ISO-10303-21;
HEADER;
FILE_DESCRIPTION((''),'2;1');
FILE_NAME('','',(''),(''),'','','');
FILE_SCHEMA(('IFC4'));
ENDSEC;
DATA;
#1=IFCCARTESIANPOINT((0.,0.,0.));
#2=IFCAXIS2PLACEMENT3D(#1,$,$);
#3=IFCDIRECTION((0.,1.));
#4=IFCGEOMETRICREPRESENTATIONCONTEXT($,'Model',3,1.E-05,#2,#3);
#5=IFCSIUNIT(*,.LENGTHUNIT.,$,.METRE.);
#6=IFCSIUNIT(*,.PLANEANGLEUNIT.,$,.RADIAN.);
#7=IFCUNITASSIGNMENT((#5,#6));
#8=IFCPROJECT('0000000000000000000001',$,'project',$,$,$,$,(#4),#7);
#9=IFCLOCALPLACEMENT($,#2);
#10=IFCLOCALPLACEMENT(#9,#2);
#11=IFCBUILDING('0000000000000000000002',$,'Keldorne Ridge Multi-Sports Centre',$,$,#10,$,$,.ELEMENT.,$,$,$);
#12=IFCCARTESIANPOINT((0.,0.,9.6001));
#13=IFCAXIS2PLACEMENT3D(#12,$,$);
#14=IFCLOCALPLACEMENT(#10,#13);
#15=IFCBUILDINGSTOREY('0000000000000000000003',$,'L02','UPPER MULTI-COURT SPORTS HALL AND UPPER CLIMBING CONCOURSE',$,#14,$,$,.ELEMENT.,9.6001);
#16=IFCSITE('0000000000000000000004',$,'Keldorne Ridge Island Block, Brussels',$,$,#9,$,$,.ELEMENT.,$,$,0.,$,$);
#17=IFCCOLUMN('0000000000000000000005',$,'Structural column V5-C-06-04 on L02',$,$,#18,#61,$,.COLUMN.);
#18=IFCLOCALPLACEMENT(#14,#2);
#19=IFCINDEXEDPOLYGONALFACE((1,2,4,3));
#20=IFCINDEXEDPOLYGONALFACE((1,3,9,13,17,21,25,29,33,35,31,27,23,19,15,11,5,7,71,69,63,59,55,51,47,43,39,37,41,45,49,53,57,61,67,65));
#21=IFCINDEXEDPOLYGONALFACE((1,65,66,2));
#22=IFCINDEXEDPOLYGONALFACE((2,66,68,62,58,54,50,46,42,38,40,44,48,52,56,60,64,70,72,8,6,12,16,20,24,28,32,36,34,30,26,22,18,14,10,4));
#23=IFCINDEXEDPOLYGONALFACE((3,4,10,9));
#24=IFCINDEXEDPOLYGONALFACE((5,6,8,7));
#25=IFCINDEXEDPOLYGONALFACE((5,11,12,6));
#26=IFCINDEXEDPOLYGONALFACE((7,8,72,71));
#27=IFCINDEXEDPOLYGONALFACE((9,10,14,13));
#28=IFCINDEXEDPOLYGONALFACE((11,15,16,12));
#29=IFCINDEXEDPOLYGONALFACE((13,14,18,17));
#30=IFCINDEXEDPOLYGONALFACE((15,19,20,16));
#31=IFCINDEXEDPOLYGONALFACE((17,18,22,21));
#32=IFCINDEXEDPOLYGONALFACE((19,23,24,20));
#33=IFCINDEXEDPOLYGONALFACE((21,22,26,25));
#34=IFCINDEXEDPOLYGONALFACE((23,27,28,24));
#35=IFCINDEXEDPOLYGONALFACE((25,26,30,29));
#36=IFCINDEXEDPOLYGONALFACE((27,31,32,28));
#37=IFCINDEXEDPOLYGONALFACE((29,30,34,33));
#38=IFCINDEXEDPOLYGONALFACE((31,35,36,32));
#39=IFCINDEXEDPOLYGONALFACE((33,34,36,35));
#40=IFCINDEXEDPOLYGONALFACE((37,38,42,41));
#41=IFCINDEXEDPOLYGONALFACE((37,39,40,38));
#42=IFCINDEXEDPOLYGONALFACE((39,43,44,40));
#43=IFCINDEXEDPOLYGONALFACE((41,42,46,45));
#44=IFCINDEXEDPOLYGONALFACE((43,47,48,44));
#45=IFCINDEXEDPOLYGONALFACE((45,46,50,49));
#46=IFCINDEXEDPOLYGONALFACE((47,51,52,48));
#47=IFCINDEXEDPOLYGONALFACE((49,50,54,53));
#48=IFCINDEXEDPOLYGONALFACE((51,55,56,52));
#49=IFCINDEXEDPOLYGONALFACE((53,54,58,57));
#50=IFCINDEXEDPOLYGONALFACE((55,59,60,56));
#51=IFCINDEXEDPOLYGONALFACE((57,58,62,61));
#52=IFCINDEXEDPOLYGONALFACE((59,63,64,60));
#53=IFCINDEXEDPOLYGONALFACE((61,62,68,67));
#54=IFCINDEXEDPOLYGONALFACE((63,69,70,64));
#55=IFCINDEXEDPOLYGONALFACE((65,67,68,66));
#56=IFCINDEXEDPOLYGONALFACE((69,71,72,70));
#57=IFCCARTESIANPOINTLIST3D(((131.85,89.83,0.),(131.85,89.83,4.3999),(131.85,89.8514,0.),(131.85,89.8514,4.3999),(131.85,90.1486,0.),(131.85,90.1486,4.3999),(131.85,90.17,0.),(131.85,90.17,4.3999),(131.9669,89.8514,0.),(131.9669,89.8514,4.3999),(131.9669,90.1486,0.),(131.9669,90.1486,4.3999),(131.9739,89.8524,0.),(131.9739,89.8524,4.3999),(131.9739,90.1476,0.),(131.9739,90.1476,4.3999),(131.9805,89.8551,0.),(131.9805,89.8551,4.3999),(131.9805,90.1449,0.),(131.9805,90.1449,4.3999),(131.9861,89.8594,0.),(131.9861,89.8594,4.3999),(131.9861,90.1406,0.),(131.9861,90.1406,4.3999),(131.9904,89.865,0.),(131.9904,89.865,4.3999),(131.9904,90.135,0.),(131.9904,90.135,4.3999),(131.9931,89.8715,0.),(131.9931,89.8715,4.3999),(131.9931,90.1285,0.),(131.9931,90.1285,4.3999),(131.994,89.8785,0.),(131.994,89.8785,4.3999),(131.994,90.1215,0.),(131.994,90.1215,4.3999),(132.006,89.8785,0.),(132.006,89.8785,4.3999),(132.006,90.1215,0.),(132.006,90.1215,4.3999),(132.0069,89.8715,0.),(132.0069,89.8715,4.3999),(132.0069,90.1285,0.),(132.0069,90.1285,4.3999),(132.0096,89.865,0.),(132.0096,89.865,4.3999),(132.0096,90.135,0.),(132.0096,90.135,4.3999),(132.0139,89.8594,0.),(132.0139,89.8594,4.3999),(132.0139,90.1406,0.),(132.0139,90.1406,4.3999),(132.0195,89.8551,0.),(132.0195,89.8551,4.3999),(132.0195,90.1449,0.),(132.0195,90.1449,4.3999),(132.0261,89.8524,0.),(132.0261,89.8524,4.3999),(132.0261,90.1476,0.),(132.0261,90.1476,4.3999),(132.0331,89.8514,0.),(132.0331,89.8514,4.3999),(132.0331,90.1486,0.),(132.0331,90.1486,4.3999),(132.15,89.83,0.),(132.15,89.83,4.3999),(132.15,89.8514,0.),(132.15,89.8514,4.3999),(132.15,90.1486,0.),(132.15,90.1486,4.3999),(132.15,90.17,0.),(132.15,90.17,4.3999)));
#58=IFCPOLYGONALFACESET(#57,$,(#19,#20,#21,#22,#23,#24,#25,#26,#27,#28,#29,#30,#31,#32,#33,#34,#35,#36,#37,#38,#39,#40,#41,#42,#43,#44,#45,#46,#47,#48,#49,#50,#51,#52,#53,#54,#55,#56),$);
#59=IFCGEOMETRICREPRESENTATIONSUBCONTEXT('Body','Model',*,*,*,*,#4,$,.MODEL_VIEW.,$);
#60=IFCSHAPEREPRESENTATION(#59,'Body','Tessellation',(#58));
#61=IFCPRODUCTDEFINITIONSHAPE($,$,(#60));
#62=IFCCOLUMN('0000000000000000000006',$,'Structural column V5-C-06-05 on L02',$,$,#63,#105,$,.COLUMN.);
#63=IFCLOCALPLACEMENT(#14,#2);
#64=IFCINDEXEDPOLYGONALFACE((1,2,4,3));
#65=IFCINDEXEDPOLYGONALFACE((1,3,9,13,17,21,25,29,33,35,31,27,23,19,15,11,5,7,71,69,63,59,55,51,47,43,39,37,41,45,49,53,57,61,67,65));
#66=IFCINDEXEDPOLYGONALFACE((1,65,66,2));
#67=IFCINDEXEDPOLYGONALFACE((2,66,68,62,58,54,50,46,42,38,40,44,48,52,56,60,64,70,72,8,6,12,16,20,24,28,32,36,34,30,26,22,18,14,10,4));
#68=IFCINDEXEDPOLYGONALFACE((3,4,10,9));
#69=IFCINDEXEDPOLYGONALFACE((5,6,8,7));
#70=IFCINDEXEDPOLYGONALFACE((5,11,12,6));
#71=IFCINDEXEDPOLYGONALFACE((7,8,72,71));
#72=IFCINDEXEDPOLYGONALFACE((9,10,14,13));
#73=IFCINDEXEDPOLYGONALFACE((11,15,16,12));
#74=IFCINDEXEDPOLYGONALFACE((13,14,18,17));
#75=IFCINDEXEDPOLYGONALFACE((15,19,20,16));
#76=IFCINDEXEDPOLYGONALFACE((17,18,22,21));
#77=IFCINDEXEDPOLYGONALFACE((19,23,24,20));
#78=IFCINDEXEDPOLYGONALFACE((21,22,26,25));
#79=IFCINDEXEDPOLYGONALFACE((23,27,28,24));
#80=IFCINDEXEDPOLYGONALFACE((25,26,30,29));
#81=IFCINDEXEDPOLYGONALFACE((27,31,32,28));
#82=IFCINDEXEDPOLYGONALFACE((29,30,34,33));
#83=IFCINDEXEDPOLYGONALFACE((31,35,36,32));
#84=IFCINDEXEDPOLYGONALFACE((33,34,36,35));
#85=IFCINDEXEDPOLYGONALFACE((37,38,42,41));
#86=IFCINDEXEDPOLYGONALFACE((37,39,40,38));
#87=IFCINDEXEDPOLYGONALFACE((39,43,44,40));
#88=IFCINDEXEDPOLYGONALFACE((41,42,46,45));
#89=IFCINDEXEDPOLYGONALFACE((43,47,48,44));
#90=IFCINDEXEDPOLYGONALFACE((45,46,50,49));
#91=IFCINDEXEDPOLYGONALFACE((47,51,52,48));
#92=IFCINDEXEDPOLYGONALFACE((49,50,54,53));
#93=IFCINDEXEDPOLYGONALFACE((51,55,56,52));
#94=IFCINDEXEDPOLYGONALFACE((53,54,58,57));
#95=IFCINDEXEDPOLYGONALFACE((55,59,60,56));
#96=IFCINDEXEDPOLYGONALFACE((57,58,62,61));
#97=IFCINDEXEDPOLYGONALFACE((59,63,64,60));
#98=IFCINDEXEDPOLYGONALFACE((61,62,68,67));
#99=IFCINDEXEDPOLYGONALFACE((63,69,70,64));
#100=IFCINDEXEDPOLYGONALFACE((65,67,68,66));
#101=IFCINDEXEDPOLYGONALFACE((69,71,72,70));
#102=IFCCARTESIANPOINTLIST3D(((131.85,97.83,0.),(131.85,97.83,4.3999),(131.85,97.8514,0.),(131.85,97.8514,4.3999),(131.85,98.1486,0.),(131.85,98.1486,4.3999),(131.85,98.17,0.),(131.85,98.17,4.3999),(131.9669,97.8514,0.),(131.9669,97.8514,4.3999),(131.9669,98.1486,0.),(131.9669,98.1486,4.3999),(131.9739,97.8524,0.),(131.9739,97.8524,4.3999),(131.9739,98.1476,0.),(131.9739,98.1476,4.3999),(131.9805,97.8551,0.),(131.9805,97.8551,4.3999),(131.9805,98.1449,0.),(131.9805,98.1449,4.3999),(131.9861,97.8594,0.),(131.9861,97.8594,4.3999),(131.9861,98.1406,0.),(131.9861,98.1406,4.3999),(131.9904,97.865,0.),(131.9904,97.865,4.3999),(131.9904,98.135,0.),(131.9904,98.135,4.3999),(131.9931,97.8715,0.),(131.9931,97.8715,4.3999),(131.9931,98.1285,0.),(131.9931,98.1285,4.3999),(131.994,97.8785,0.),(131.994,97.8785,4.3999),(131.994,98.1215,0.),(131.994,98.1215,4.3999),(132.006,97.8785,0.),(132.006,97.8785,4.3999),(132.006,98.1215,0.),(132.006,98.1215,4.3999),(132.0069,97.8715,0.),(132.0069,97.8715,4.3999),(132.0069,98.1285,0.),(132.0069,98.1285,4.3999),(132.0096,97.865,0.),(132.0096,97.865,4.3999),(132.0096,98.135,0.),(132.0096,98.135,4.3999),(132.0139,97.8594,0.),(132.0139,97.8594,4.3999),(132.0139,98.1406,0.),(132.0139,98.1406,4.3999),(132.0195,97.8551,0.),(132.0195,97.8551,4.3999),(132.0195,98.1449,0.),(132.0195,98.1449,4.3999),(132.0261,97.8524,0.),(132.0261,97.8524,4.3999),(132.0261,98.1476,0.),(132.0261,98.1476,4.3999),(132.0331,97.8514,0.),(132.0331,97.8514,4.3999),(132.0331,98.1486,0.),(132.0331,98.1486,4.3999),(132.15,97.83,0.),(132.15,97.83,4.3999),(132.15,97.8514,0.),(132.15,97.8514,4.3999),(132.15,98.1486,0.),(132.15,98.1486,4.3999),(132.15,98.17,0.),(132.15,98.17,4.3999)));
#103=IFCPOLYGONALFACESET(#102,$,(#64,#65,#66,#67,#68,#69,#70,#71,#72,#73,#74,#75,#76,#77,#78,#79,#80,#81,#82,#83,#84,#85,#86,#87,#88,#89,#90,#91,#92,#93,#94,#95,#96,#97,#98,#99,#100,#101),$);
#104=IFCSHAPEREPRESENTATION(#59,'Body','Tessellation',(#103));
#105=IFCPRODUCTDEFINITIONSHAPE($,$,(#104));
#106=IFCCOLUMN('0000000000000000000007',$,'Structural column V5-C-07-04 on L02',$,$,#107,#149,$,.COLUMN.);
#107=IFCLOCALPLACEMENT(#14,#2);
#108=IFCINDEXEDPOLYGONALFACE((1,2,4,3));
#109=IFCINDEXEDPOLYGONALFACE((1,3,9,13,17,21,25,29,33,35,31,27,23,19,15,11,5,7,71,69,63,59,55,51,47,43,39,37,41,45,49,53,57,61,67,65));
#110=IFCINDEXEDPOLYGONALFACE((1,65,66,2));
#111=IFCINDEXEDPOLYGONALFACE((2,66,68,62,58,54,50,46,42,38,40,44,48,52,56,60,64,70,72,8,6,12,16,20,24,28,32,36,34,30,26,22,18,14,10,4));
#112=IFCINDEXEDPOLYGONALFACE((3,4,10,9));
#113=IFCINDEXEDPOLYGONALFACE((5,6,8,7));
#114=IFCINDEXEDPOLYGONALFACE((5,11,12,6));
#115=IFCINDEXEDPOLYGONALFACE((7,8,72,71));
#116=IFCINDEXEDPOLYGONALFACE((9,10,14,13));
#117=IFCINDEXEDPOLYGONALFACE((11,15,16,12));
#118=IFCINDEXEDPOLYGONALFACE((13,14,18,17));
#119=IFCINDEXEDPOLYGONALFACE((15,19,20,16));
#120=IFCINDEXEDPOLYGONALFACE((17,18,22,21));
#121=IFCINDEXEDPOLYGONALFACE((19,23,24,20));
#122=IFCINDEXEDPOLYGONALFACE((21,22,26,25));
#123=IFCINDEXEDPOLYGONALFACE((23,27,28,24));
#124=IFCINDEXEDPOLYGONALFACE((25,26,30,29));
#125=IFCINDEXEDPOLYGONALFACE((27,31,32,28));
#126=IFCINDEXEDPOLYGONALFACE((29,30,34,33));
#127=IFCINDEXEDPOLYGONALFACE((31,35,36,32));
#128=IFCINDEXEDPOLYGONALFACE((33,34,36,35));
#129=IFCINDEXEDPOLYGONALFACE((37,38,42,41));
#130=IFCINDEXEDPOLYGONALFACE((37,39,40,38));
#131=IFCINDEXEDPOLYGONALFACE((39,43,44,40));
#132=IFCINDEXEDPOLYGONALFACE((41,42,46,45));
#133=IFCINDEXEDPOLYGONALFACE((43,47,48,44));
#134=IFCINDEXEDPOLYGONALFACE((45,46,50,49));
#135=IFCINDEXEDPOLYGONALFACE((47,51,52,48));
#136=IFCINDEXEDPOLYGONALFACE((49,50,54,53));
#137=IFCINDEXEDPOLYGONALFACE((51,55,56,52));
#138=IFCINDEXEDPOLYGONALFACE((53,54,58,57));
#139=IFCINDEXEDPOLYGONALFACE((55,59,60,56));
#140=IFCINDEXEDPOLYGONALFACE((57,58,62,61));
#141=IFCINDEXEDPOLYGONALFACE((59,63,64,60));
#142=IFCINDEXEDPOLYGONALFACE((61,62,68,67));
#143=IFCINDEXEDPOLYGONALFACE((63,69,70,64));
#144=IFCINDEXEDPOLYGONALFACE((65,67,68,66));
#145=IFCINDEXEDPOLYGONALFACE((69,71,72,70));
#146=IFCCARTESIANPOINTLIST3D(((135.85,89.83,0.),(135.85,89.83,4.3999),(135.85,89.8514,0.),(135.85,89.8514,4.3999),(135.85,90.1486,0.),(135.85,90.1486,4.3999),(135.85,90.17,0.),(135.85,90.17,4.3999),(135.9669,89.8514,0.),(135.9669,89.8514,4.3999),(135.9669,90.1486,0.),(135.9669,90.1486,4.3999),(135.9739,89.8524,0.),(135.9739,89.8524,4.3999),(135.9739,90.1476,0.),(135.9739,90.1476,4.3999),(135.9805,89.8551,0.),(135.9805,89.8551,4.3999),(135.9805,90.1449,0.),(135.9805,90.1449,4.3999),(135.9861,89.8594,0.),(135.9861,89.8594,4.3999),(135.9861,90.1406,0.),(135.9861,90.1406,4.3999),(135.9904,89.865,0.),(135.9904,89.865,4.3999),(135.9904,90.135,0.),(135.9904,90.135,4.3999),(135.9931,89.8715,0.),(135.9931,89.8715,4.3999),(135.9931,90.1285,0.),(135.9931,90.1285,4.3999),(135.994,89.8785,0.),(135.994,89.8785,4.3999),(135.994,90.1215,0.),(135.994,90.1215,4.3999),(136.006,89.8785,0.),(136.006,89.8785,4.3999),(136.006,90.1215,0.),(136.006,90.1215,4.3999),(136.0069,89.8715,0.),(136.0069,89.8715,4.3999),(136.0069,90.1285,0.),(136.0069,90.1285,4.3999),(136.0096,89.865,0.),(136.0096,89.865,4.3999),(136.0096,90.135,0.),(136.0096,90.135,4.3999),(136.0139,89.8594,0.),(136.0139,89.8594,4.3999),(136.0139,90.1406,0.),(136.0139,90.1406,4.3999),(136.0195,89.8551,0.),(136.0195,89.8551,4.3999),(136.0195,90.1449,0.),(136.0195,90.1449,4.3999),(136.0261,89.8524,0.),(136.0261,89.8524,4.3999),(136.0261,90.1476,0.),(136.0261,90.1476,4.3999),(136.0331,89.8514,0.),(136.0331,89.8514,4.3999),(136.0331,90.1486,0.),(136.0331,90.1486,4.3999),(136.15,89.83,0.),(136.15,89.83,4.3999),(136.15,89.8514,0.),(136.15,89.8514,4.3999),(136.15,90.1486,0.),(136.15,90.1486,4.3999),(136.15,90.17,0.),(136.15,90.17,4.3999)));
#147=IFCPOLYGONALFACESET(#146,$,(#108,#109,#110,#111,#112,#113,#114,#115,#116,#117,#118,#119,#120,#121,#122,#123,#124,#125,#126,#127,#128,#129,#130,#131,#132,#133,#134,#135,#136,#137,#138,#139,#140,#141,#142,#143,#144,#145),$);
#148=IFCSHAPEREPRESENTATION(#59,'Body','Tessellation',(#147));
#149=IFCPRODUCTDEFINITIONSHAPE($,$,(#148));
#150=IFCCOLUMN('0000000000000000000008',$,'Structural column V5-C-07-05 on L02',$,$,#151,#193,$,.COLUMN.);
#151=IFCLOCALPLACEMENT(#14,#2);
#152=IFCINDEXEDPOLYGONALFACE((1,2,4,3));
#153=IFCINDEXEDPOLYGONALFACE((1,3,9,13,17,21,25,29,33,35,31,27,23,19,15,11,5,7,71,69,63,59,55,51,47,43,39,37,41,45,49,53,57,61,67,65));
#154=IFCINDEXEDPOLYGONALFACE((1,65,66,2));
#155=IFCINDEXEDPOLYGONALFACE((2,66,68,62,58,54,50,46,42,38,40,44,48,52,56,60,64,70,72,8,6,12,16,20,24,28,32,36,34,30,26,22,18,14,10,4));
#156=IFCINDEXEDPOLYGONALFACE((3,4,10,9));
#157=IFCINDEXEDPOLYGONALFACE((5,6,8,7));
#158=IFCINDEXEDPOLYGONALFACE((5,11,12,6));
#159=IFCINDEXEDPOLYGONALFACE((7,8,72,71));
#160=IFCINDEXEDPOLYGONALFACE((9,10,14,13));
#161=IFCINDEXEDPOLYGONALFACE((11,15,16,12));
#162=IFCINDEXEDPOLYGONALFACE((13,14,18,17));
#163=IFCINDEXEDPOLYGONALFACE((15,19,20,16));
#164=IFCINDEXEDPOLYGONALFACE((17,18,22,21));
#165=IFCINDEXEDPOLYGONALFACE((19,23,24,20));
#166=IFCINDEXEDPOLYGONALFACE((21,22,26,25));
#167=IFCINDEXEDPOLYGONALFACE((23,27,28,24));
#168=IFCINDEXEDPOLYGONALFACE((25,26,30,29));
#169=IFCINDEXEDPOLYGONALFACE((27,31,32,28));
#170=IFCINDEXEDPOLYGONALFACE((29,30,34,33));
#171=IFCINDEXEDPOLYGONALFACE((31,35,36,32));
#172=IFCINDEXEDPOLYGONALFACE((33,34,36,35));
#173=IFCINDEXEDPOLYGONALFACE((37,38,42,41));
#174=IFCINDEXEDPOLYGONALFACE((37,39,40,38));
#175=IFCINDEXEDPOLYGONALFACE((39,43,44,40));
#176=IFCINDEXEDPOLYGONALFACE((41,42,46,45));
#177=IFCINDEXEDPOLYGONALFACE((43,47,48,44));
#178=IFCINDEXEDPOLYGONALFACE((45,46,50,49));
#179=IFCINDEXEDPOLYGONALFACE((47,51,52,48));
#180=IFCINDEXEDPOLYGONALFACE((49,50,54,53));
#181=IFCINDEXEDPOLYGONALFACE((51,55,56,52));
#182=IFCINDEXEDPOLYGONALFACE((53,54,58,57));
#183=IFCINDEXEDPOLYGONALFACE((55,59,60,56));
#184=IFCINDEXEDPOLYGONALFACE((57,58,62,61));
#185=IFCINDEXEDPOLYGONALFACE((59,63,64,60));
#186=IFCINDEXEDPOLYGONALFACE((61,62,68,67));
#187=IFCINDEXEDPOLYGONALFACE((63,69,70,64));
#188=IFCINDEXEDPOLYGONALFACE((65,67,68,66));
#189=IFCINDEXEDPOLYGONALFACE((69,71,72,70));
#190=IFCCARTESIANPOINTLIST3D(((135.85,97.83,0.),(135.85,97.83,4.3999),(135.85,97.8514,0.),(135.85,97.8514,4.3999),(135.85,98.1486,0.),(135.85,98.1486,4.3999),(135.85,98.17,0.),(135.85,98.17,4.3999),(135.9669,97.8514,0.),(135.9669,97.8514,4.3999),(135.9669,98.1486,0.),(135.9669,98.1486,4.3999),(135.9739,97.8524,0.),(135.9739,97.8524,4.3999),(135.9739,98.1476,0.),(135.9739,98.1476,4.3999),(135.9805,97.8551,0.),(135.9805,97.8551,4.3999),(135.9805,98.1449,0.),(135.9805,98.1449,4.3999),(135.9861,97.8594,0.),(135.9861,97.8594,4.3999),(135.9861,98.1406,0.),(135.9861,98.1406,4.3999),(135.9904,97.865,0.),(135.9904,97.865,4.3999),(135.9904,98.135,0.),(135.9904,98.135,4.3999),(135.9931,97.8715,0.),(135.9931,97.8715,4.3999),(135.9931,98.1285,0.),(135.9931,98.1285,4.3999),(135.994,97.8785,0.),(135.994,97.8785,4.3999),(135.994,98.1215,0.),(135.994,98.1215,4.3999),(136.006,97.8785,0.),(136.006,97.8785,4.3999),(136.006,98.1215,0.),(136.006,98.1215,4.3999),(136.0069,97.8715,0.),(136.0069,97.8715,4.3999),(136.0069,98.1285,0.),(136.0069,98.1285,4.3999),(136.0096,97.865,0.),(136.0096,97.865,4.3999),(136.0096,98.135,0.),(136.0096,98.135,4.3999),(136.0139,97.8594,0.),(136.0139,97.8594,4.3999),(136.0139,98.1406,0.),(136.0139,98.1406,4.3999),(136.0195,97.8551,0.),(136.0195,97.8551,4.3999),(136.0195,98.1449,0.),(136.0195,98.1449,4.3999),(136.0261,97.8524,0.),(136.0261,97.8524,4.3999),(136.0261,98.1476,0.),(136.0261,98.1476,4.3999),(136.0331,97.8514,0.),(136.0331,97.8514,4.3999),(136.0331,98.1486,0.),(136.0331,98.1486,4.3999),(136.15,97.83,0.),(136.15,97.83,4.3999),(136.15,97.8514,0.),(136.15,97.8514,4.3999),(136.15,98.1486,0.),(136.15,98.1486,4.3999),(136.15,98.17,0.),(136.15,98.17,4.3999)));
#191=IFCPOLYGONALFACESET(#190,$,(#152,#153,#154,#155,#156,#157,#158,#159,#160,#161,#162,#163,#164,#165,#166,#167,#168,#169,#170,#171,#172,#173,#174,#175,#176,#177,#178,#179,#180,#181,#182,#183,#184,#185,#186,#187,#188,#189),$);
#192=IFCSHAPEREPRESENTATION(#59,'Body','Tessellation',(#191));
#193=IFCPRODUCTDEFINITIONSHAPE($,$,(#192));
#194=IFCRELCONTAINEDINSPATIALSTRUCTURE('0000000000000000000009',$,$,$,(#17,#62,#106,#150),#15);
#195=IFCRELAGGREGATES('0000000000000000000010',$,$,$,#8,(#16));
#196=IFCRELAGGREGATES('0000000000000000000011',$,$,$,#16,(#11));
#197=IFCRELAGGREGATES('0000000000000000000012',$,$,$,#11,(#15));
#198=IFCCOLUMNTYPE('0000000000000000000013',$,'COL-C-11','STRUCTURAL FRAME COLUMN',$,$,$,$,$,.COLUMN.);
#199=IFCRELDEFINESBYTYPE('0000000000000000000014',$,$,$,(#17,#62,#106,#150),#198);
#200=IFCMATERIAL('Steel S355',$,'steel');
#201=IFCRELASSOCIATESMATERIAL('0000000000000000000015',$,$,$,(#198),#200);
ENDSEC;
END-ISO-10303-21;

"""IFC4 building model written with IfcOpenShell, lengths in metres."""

from ifc_helpers import new_model, si_unit, direction, frame, origin, origin_2d, place, context, subcontext, project, spatial, i_section, extrude, material, material_profile, profile_set, type_object, element, save


model = new_model("IFC4")

# Units and contexts
model_context = context("Model", 3, precision=1e-05, world=origin(), true_north=direction((0.0, 1.0)))
body_context = subcontext(model_context, "Body", "Model", "MODEL_VIEW")
ifc_project = project(units=[si_unit("LENGTHUNIT", "METRE"), si_unit("PLANEANGLEUNIT", "RADIAN")], contexts=[model_context])

# Site, building, storey
site_placement = place(None, origin())
site = spatial("IfcSite", under=ifc_project, at=site_placement, Name="Keldorne Ridge Island Block, Brussels", CompositionType="ELEMENT", RefElevation=0.0)
building_placement = place(site_placement, origin())
building = spatial("IfcBuilding", under=site, at=building_placement, Name="Keldorne Ridge Multi-Sports Centre", CompositionType="ELEMENT")
storey_placement = place(building_placement, frame((0.0, 0.0, 9.6001)))
storey = spatial("IfcBuildingStorey", under=building, at=storey_placement, Name="L02", Description="UPPER MULTI-COURT SPORTS HALL AND UPPER CLIMBING CONCOURSE", CompositionType="ELEMENT", Elevation=9.6001)

# Columns
ifc_material_1 = material(Name="Steel S355", Category="steel")
ifc_material_profile_1 = material_profile(ifc_material_1, i_section(OverallWidth=0.3, OverallDepth=0.3401, WebThickness=0.012, FlangeThickness=0.0215, FilletRadius=0.0271, at=origin_2d()), Name="HEB 340")
ifc_profile_set_1 = profile_set([ifc_material_profile_1], Name="Steel S355")
column_type = type_object("IfcColumnType", Name="COL-C-11", Description="STRUCTURAL FRAME COLUMN", PredefinedType="COLUMN", material=ifc_profile_set_1)
for number, where, z_axis, x_axis, name in (
    (1, (132.0, 90.0, 0.0), (0.0, 0.0, 1.0), (1.0, 0.0, 0.0), "Structural column V5-C-06-04 on L02"),
    (2, (132.0, 98.0, 0.0), (0.0, 0.0, 1.0), (1.0, 0.0, 0.0), "Structural column V5-C-06-05 on L02"),
    (3, (136.0, 90.0, 0.0), (0.0, 0.0, 1.0), (1.0, 0.0, 0.0), "Structural column V5-C-07-04 on L02"),
    (4, (136.0, 98.0, 0.0), (0.0, 0.0, 1.0), (1.0, 0.0, 0.0), "Structural column V5-C-07-05 on L02"),
):
    element("IfcColumn", number, at=place(storey_placement, frame(where, z_axis=z_axis, x_axis=x_axis)), inside=storey, type_object=column_type, Name=name, PredefinedType="COLUMN", context=body_context, shape_type="SweptSolid", body=[
        extrude(i_section(OverallWidth=0.3, OverallDepth=0.3401, WebThickness=0.012, FlangeThickness=0.0215, FilletRadius=0.0271, at=origin_2d()), origin(), (0.0, 0.0, 1.0), 4.3999),
    ])

save(model, "model.ifc")
